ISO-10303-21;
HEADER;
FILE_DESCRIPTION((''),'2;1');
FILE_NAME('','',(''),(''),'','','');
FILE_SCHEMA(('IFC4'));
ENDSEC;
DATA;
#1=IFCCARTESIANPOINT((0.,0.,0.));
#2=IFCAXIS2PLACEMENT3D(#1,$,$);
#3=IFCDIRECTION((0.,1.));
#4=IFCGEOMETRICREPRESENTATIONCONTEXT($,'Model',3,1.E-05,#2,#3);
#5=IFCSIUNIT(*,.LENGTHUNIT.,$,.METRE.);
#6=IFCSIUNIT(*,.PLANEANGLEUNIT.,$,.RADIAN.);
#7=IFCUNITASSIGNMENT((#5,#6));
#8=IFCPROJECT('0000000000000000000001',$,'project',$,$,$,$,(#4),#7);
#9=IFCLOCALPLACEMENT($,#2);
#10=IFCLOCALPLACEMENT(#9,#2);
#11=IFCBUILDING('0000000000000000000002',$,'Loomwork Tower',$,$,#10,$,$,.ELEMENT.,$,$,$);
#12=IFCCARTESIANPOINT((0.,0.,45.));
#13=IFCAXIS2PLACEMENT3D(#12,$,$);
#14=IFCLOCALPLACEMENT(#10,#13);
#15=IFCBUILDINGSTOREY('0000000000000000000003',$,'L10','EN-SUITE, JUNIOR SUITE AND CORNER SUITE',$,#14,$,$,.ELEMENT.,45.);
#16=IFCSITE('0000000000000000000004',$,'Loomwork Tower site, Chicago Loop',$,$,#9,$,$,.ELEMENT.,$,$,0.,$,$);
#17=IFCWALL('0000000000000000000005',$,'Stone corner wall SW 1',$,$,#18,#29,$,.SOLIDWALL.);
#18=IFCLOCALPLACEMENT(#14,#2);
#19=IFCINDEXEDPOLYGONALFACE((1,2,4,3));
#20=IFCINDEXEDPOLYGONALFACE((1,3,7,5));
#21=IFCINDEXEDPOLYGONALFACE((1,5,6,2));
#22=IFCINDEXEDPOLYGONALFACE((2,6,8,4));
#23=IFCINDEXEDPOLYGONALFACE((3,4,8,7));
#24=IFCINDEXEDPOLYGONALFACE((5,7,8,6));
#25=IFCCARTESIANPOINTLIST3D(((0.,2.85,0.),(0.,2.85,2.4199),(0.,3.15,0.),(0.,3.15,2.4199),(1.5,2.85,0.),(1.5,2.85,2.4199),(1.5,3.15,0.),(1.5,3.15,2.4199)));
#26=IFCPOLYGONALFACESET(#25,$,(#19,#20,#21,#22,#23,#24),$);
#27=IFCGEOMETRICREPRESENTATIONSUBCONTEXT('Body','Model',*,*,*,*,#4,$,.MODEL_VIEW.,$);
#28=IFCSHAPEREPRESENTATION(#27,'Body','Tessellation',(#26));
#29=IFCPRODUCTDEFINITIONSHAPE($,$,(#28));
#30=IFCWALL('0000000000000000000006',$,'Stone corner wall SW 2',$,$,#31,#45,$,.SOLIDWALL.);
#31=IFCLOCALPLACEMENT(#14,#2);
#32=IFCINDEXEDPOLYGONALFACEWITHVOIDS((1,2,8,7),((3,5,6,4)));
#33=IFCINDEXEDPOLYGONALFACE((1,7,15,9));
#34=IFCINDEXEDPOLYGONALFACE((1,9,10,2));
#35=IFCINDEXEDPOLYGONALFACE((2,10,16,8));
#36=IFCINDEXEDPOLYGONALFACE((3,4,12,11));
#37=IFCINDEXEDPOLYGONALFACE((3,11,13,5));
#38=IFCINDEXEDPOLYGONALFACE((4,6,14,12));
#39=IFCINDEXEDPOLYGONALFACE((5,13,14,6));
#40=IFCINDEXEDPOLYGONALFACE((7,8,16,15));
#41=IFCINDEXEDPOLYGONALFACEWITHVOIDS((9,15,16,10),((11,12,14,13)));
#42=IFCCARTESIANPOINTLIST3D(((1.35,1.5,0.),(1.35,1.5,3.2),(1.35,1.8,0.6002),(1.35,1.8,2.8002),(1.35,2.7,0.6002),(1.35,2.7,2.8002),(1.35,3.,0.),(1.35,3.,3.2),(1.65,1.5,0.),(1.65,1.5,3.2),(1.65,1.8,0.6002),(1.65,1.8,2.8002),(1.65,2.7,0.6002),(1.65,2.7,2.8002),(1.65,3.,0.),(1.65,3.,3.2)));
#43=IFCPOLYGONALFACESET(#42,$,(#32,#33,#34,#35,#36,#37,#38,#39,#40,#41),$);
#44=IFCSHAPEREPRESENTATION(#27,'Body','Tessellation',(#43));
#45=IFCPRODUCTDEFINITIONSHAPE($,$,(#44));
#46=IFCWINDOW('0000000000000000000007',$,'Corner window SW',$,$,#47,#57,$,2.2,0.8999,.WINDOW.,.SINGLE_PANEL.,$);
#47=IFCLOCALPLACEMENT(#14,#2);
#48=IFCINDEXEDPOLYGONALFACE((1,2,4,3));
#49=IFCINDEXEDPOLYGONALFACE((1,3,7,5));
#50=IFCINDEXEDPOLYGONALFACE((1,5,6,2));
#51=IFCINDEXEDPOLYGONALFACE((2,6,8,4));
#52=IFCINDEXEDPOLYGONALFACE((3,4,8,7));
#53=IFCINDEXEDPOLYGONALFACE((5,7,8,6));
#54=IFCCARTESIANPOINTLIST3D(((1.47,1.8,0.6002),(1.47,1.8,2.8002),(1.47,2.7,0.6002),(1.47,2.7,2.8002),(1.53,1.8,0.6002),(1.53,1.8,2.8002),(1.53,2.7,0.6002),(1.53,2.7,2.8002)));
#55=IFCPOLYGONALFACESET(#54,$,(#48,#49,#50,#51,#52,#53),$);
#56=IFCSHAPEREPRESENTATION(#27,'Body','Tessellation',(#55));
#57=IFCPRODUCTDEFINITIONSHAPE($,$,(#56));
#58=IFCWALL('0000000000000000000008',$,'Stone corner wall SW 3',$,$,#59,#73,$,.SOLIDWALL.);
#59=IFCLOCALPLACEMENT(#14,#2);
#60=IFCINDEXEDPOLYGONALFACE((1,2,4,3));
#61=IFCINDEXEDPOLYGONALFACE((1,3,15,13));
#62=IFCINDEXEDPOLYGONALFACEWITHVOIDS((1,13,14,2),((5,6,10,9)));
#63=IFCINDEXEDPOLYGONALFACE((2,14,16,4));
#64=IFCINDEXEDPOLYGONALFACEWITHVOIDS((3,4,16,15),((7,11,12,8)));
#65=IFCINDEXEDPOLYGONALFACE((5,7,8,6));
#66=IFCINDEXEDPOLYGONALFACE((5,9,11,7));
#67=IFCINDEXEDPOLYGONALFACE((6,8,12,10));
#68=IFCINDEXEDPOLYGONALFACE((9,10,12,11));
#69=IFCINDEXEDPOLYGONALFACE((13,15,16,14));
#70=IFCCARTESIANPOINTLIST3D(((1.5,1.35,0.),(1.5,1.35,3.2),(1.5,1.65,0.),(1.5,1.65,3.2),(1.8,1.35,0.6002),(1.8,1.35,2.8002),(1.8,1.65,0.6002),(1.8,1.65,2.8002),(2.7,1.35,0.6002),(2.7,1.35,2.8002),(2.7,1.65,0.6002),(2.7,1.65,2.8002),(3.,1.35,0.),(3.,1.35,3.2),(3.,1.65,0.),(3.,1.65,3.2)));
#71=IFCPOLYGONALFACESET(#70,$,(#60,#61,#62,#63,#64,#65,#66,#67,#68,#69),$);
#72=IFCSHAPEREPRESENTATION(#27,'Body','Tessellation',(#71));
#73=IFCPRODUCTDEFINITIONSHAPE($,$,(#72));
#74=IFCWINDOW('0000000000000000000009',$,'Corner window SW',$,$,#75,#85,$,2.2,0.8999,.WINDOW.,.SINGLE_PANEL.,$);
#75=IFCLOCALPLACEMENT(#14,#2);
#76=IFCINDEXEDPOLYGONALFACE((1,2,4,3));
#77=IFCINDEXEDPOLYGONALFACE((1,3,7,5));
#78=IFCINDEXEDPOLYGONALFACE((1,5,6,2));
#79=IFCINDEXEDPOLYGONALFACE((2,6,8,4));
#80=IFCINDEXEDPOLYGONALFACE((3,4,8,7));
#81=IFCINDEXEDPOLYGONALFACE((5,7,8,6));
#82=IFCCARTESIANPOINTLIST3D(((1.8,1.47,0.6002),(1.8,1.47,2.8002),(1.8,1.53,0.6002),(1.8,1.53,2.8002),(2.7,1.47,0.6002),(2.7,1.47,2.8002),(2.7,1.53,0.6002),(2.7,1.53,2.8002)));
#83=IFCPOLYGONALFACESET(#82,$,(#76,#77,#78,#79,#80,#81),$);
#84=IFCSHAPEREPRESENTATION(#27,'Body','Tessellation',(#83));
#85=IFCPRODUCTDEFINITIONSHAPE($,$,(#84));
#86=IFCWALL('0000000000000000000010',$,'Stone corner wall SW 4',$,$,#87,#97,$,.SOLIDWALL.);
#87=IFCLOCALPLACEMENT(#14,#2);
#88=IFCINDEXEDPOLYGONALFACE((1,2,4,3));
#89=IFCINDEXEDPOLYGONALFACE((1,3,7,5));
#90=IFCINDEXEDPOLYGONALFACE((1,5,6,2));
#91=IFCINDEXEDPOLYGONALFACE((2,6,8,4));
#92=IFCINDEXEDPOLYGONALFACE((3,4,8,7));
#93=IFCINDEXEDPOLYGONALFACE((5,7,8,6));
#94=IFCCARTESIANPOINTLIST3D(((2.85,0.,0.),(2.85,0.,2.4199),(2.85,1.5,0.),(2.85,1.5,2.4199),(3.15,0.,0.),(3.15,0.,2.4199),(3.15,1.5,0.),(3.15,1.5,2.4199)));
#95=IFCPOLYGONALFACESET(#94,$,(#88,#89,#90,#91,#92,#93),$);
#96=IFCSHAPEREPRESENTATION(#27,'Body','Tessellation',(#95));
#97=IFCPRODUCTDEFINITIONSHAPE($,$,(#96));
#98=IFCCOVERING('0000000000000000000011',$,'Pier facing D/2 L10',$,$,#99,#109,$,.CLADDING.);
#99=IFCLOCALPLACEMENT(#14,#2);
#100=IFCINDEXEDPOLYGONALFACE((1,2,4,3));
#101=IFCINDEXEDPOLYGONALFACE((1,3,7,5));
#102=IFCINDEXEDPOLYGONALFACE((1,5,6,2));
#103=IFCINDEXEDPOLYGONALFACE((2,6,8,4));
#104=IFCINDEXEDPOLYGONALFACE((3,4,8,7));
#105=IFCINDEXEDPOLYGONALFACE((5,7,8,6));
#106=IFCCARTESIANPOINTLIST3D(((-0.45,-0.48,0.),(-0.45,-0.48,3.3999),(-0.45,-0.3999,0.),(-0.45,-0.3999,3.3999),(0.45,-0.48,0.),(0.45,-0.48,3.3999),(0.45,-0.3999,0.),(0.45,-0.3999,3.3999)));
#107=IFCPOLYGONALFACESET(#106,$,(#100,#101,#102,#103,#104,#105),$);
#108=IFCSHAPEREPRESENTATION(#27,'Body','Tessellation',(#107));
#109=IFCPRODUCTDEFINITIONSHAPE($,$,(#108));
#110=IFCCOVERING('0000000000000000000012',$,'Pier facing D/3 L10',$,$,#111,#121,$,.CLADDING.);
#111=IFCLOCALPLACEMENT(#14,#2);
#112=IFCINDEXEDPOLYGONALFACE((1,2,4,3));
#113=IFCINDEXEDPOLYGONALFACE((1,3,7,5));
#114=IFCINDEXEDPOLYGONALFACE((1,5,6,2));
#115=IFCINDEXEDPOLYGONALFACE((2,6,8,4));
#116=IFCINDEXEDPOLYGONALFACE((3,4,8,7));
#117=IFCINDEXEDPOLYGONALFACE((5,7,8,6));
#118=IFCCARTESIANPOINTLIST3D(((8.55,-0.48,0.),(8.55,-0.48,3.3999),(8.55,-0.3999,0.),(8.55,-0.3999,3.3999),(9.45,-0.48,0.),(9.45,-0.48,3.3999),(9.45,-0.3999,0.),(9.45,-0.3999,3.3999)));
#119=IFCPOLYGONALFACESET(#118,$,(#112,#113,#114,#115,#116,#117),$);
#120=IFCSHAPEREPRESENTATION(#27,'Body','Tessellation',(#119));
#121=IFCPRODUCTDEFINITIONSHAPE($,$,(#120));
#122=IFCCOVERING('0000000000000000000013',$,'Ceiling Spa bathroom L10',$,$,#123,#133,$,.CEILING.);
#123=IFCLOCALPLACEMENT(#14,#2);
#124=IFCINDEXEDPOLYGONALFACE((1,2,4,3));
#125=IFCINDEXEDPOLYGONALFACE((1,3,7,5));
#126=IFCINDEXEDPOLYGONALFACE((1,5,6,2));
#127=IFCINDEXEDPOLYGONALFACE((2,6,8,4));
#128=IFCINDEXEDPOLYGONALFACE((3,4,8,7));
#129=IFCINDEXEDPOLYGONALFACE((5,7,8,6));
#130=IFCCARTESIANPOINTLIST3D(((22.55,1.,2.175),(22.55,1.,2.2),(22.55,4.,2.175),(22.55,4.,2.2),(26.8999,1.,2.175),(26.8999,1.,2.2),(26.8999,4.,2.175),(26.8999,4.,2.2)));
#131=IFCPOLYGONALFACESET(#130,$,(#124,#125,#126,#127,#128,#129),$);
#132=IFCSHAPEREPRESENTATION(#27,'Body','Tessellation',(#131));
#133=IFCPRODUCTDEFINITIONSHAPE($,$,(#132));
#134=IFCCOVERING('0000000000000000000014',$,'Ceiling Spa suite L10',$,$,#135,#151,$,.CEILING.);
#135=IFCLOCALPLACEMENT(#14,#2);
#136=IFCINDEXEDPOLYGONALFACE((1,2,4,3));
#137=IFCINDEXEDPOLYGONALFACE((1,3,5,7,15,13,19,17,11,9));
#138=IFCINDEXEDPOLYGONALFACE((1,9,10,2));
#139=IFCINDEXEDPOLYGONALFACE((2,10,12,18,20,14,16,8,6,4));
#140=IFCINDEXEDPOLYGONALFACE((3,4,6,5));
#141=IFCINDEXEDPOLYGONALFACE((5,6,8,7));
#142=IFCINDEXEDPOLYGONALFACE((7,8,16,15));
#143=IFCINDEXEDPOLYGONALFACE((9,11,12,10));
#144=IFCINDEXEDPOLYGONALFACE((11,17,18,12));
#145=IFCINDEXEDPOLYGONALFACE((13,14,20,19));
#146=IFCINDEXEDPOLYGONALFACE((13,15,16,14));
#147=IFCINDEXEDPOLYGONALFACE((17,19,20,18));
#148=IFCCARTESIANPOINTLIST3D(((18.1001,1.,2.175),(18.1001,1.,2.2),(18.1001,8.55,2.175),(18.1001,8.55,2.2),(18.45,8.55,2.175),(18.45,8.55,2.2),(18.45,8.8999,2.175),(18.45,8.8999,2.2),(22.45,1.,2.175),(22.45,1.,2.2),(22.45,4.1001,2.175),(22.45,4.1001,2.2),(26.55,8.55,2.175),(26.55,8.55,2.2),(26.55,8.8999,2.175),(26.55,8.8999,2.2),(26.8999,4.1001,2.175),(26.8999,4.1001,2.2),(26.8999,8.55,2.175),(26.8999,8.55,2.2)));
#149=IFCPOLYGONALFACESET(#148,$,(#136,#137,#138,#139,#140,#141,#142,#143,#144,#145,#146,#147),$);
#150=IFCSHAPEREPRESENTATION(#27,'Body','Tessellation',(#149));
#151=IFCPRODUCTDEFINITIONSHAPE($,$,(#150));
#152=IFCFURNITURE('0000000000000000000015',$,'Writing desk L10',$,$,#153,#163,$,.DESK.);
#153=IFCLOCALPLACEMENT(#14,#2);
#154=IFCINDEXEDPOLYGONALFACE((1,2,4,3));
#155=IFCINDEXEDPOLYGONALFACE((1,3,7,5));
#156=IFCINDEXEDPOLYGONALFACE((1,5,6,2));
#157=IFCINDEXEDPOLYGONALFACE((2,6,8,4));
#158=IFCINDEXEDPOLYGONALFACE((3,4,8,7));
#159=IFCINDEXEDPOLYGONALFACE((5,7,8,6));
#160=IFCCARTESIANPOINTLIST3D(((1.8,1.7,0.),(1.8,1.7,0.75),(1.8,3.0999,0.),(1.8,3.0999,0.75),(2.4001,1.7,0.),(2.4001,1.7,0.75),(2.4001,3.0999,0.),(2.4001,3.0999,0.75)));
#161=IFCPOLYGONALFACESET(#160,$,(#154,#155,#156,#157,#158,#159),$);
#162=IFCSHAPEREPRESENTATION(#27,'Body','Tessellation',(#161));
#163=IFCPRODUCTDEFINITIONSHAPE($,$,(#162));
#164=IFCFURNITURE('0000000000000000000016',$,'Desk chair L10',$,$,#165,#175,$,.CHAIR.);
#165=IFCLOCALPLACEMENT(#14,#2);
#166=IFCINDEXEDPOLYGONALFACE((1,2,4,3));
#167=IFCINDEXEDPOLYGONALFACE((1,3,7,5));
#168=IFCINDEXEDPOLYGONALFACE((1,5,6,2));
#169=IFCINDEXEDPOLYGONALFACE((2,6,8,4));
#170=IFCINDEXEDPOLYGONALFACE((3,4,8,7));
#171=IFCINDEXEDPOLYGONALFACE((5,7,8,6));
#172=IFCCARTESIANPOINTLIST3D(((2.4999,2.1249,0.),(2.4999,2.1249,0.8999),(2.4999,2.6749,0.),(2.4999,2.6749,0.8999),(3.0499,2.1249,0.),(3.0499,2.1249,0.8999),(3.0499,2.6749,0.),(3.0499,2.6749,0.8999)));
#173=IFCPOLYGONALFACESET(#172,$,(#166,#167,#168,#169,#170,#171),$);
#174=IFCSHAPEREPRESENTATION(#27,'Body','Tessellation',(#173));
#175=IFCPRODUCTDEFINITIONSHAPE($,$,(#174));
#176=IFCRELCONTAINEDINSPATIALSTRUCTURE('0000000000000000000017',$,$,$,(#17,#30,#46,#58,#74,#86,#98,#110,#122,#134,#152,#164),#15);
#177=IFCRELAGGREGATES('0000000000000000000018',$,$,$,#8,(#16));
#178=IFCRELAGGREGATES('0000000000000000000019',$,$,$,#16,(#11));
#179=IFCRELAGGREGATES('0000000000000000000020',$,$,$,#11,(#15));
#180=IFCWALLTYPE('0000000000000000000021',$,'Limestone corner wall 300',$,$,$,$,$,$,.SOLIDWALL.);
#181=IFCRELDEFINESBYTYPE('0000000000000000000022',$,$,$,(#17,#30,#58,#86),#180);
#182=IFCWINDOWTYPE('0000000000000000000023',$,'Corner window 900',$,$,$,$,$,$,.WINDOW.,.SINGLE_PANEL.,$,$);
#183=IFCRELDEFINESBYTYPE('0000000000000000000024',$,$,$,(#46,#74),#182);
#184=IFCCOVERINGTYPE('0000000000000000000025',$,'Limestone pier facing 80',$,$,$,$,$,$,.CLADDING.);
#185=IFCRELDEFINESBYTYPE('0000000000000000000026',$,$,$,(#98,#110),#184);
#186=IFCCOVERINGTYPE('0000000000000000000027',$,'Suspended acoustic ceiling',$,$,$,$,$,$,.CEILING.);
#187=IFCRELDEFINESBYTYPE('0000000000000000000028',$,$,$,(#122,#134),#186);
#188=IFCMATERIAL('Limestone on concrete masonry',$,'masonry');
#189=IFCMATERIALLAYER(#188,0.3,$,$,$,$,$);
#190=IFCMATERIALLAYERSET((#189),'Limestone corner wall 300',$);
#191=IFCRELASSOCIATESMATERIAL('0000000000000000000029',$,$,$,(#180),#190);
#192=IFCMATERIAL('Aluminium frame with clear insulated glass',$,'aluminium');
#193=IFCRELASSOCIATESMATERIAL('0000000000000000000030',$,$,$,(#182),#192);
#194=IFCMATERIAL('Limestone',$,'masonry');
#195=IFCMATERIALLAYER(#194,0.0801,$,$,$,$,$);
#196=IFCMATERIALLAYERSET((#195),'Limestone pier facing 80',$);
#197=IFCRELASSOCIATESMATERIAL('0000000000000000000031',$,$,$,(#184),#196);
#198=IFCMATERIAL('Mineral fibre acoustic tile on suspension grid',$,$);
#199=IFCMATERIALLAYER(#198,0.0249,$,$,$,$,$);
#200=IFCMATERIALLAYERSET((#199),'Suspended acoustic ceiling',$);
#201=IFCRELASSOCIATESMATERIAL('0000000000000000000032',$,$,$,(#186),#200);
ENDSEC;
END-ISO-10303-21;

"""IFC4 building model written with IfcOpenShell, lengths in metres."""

from ifc_helpers import new_model, si_unit, direction, frame, frame_2d, origin, origin_2d, place, context, subcontext, project, spatial, polyline, rectangle, outline, extrude, material, layer, layer_set, type_object, element, fill, save


model = new_model("IFC4")

# Units and contexts
model_context = context("Model", 3, precision=1e-05, world=origin(), true_north=direction((0.0, 1.0)))
body_context = subcontext(model_context, "Body", "Model", "MODEL_VIEW")
ifc_project = project(units=[si_unit("LENGTHUNIT", "METRE"), si_unit("PLANEANGLEUNIT", "RADIAN")], contexts=[model_context])

# Site, building, storey
site_placement = place(None, origin())
site = spatial("IfcSite", under=ifc_project, at=site_placement, Name="Loomwork Tower site, Chicago Loop", CompositionType="ELEMENT", RefElevation=0.0)
building_placement = place(site_placement, origin())
building = spatial("IfcBuilding", under=site, at=building_placement, Name="Loomwork Tower", CompositionType="ELEMENT")
storey_placement = place(building_placement, frame((0.0, 0.0, 45.0)))
storey = spatial("IfcBuildingStorey", under=building, at=storey_placement, Name="L10", Description="EN-SUITE, JUNIOR SUITE AND CORNER SUITE", CompositionType="ELEMENT", Elevation=45.0)

# Wall
ifc_material_1 = material(Name="Limestone on concrete masonry", Category="masonry")
ifc_layer_1 = layer(ifc_material_1, 0.3)
ifc_layer_set_1 = layer_set([ifc_layer_1], Name="Limestone corner wall 300")
wall_type_1 = type_object("IfcWallType", Name="Limestone corner wall 300", PredefinedType="SOLIDWALL", material=ifc_layer_set_1)
wall_1_placement = place(storey_placement, frame((0.0, 3.0, 0.0), z_axis=(0.0, 0.0, 1.0), x_axis=(1.0, 0.0, 0.0)))
element("IfcWall", 1, at=wall_1_placement, inside=storey, type_object=wall_type_1, Name="Stone corner wall SW 1", PredefinedType="SOLIDWALL", context=body_context, shape_type="SweptSolid", body=[
    extrude(rectangle(XDim=1.5, YDim=0.3, at=frame_2d((0.75, 0.0))), origin(), (0.0, 0.0, 1.0), 2.4199),
])

# Walls, openings, windows
wall_2_placement = place(storey_placement, frame((1.5, 3.0, 0.0), z_axis=(0.0, 0.0, 1.0), x_axis=(0.0, -1.0, 0.0)))
wall_2 = element("IfcWall", 2, at=wall_2_placement, inside=storey, type_object=wall_type_1, Name="Stone corner wall SW 2", PredefinedType="SOLIDWALL", context=body_context, shape_type="SweptSolid", body=[
    extrude(rectangle(XDim=1.5, YDim=0.3, at=frame_2d((0.75, 0.0))), origin(), (0.0, 0.0, 1.0), 3.2),
])
opening_1_placement = place(wall_2_placement, frame((0.3, 0.0, 0.6001)))
opening_1 = element("IfcOpeningElement", 3, at=opening_1_placement, cuts=wall_2, PredefinedType="OPENING", context=body_context, shape_type="SweptSolid", body=[
    extrude(rectangle(XDim=0.8999, YDim=2.2, at=frame_2d((0.45, 1.1001))), frame((0.0, 0.1599, 0.0), z_axis=(0.0, -1.0, 0.0), x_axis=(1.0, 0.0, 0.0)), (0.0, 0.0, 1.0), 0.3201),
])
ifc_material_2 = material(Name="Aluminium frame with clear insulated glass", Category="aluminium")
window_type_1 = type_object("IfcWindowType", Name="Corner window 900", PartitioningType="SINGLE_PANEL", PredefinedType="WINDOW", material=ifc_material_2)
window_1_placement = place(opening_1_placement, origin())
window_1 = element("IfcWindow", 4, at=window_1_placement, inside=storey, type_object=window_type_1, Name="Corner window SW", OverallHeight=2.2, OverallWidth=0.8999, PartitioningType="SINGLE_PANEL", PredefinedType="WINDOW", context=body_context, shape_type="SweptSolid", body=[
    extrude(rectangle(XDim=0.8999, YDim=2.2, at=frame_2d((0.45, 1.1001))), frame((0.0, 0.03, 0.0), z_axis=(0.0, -1.0, 0.0), x_axis=(1.0, 0.0, 0.0)), (0.0, 0.0, 1.0), 0.0601),
])
fill(opening_1, window_1)
wall_3_placement = place(storey_placement, frame((1.5, 1.5, 0.0), z_axis=(0.0, 0.0, 1.0), x_axis=(1.0, 0.0, 0.0)))
wall_3 = element("IfcWall", 5, at=wall_3_placement, inside=storey, type_object=wall_type_1, Name="Stone corner wall SW 3", PredefinedType="SOLIDWALL", context=body_context, shape_type="SweptSolid", body=[
    extrude(rectangle(XDim=1.5, YDim=0.3, at=frame_2d((0.75, 0.0))), origin(), (0.0, 0.0, 1.0), 3.2),
])
opening_2_placement = place(wall_3_placement, frame((0.3, 0.0, 0.6001)))
opening_2 = element("IfcOpeningElement", 6, at=opening_2_placement, cuts=wall_3, PredefinedType="OPENING", context=body_context, shape_type="SweptSolid", body=[
    extrude(rectangle(XDim=0.8999, YDim=2.2, at=frame_2d((0.45, 1.1001))), frame((0.0, 0.1599, 0.0), z_axis=(0.0, -1.0, 0.0), x_axis=(1.0, 0.0, 0.0)), (0.0, 0.0, 1.0), 0.3201),
])
window_2_placement = place(opening_2_placement, origin())
window_2 = element("IfcWindow", 7, at=window_2_placement, inside=storey, type_object=window_type_1, Name="Corner window SW", OverallHeight=2.2, OverallWidth=0.8999, PartitioningType="SINGLE_PANEL", PredefinedType="WINDOW", context=body_context, shape_type="SweptSolid", body=[
    extrude(rectangle(XDim=0.8999, YDim=2.2, at=frame_2d((0.45, 1.1001))), frame((0.0, 0.03, 0.0), z_axis=(0.0, -1.0, 0.0), x_axis=(1.0, 0.0, 0.0)), (0.0, 0.0, 1.0), 0.0601),
])
fill(opening_2, window_2)

# Wall
wall_4_placement = place(storey_placement, frame((3.0, 1.5, 0.0), z_axis=(0.0, 0.0, 1.0), x_axis=(0.0, -1.0, 0.0)))
element("IfcWall", 8, at=wall_4_placement, inside=storey, type_object=wall_type_1, Name="Stone corner wall SW 4", PredefinedType="SOLIDWALL", context=body_context, shape_type="SweptSolid", body=[
    extrude(rectangle(XDim=1.5, YDim=0.3, at=frame_2d((0.75, 0.0))), origin(), (0.0, 0.0, 1.0), 2.4199),
])

# Coverings
ifc_material_3 = material(Name="Limestone", Category="masonry")
ifc_layer_2 = layer(ifc_material_3, 0.0801)
ifc_layer_set_2 = layer_set([ifc_layer_2], Name="Limestone pier facing 80")
covering_type_1 = type_object("IfcCoveringType", Name="Limestone pier facing 80", PredefinedType="CLADDING", material=ifc_layer_set_2)
for number, where, z_axis, x_axis, name in (
    (9, (0.0, -0.4399, 0.0), (0.0, 0.0, 1.0), (1.0, 0.0, 0.0), "Pier facing D/2 L10"),
    (10, (9.0, -0.4399, 0.0), (0.0, 0.0, 1.0), (1.0, 0.0, 0.0), "Pier facing D/3 L10"),
):
    element("IfcCovering", number, at=place(storey_placement, frame(where, z_axis=z_axis, x_axis=x_axis)), inside=storey, type_object=covering_type_1, Name=name, PredefinedType="CLADDING", context=body_context, shape_type="SweptSolid", body=[
        extrude(rectangle(XDim=0.8999, YDim=0.0801, at=origin_2d()), origin(), (0.0, 0.0, 1.0), 3.3999),
    ])
ifc_material_4 = material(Name="Mineral fibre acoustic tile on suspension grid")
ifc_layer_3 = layer(ifc_material_4, 0.0249)
ifc_layer_set_3 = layer_set([ifc_layer_3], Name="Suspended acoustic ceiling")
covering_type_2 = type_object("IfcCoveringType", Name="Suspended acoustic ceiling", PredefinedType="CEILING", material=ifc_layer_set_3)
covering_1_placement = place(storey_placement, frame((0.0, 0.0, 2.175)))
element("IfcCovering", 11, at=covering_1_placement, inside=storey, type_object=covering_type_2, Name="Ceiling Spa bathroom L10", PredefinedType="CEILING", context=body_context, shape_type="SweptSolid", body=[
    extrude(outline(polyline([(26.8999, 4.0), (26.8999, 1.0), (22.55, 1.0), (22.55, 4.0), (26.8999, 4.0)])), origin(), (0.0, 0.0, 1.0), 0.0249),
])
covering_2_placement = place(storey_placement, frame((0.0, 0.0, 2.175)))
element("IfcCovering", 12, at=covering_2_placement, inside=storey, type_object=covering_type_2, Name="Ceiling Spa suite L10", PredefinedType="CEILING", context=body_context, shape_type="SweptSolid", body=[
    extrude(outline(polyline([(26.55, 8.8999), (26.55, 8.55), (26.8999, 8.55), (26.8999, 4.1001), (22.45, 4.1001), (22.45, 1.0), (18.1001, 1.0), (18.1001, 8.55), (18.45, 8.55), (18.45, 8.8999), (26.55, 8.8999)])), origin(), (0.0, 0.0, 1.0), 0.0249),
])

# Furniture
furniture_1_placement = place(storey_placement, frame((2.1001, 2.3999, 0.0), z_axis=(0.0, 0.0, 1.0), x_axis=(1.0, 0.0, 0.0)))
element("IfcFurniture", 13, at=furniture_1_placement, inside=storey, Name="Writing desk L10", PredefinedType="DESK", context=body_context, shape_type="SweptSolid", body=[
    extrude(rectangle(XDim=0.6001, YDim=1.3999, at=origin_2d()), origin(), (0.0, 0.0, 1.0), 0.75),
])
furniture_2_placement = place(storey_placement, frame((2.7749, 2.3999, 0.0), z_axis=(0.0, 0.0, 1.0), x_axis=(1.0, 0.0, 0.0)))
element("IfcFurniture", 14, at=furniture_2_placement, inside=storey, Name="Desk chair L10", PredefinedType="CHAIR", context=body_context, shape_type="SweptSolid", body=[
    extrude(rectangle(XDim=0.55, YDim=0.55, at=origin_2d()), origin(), (0.0, 0.0, 1.0), 0.8999),
])

save(model, "model.ifc")
